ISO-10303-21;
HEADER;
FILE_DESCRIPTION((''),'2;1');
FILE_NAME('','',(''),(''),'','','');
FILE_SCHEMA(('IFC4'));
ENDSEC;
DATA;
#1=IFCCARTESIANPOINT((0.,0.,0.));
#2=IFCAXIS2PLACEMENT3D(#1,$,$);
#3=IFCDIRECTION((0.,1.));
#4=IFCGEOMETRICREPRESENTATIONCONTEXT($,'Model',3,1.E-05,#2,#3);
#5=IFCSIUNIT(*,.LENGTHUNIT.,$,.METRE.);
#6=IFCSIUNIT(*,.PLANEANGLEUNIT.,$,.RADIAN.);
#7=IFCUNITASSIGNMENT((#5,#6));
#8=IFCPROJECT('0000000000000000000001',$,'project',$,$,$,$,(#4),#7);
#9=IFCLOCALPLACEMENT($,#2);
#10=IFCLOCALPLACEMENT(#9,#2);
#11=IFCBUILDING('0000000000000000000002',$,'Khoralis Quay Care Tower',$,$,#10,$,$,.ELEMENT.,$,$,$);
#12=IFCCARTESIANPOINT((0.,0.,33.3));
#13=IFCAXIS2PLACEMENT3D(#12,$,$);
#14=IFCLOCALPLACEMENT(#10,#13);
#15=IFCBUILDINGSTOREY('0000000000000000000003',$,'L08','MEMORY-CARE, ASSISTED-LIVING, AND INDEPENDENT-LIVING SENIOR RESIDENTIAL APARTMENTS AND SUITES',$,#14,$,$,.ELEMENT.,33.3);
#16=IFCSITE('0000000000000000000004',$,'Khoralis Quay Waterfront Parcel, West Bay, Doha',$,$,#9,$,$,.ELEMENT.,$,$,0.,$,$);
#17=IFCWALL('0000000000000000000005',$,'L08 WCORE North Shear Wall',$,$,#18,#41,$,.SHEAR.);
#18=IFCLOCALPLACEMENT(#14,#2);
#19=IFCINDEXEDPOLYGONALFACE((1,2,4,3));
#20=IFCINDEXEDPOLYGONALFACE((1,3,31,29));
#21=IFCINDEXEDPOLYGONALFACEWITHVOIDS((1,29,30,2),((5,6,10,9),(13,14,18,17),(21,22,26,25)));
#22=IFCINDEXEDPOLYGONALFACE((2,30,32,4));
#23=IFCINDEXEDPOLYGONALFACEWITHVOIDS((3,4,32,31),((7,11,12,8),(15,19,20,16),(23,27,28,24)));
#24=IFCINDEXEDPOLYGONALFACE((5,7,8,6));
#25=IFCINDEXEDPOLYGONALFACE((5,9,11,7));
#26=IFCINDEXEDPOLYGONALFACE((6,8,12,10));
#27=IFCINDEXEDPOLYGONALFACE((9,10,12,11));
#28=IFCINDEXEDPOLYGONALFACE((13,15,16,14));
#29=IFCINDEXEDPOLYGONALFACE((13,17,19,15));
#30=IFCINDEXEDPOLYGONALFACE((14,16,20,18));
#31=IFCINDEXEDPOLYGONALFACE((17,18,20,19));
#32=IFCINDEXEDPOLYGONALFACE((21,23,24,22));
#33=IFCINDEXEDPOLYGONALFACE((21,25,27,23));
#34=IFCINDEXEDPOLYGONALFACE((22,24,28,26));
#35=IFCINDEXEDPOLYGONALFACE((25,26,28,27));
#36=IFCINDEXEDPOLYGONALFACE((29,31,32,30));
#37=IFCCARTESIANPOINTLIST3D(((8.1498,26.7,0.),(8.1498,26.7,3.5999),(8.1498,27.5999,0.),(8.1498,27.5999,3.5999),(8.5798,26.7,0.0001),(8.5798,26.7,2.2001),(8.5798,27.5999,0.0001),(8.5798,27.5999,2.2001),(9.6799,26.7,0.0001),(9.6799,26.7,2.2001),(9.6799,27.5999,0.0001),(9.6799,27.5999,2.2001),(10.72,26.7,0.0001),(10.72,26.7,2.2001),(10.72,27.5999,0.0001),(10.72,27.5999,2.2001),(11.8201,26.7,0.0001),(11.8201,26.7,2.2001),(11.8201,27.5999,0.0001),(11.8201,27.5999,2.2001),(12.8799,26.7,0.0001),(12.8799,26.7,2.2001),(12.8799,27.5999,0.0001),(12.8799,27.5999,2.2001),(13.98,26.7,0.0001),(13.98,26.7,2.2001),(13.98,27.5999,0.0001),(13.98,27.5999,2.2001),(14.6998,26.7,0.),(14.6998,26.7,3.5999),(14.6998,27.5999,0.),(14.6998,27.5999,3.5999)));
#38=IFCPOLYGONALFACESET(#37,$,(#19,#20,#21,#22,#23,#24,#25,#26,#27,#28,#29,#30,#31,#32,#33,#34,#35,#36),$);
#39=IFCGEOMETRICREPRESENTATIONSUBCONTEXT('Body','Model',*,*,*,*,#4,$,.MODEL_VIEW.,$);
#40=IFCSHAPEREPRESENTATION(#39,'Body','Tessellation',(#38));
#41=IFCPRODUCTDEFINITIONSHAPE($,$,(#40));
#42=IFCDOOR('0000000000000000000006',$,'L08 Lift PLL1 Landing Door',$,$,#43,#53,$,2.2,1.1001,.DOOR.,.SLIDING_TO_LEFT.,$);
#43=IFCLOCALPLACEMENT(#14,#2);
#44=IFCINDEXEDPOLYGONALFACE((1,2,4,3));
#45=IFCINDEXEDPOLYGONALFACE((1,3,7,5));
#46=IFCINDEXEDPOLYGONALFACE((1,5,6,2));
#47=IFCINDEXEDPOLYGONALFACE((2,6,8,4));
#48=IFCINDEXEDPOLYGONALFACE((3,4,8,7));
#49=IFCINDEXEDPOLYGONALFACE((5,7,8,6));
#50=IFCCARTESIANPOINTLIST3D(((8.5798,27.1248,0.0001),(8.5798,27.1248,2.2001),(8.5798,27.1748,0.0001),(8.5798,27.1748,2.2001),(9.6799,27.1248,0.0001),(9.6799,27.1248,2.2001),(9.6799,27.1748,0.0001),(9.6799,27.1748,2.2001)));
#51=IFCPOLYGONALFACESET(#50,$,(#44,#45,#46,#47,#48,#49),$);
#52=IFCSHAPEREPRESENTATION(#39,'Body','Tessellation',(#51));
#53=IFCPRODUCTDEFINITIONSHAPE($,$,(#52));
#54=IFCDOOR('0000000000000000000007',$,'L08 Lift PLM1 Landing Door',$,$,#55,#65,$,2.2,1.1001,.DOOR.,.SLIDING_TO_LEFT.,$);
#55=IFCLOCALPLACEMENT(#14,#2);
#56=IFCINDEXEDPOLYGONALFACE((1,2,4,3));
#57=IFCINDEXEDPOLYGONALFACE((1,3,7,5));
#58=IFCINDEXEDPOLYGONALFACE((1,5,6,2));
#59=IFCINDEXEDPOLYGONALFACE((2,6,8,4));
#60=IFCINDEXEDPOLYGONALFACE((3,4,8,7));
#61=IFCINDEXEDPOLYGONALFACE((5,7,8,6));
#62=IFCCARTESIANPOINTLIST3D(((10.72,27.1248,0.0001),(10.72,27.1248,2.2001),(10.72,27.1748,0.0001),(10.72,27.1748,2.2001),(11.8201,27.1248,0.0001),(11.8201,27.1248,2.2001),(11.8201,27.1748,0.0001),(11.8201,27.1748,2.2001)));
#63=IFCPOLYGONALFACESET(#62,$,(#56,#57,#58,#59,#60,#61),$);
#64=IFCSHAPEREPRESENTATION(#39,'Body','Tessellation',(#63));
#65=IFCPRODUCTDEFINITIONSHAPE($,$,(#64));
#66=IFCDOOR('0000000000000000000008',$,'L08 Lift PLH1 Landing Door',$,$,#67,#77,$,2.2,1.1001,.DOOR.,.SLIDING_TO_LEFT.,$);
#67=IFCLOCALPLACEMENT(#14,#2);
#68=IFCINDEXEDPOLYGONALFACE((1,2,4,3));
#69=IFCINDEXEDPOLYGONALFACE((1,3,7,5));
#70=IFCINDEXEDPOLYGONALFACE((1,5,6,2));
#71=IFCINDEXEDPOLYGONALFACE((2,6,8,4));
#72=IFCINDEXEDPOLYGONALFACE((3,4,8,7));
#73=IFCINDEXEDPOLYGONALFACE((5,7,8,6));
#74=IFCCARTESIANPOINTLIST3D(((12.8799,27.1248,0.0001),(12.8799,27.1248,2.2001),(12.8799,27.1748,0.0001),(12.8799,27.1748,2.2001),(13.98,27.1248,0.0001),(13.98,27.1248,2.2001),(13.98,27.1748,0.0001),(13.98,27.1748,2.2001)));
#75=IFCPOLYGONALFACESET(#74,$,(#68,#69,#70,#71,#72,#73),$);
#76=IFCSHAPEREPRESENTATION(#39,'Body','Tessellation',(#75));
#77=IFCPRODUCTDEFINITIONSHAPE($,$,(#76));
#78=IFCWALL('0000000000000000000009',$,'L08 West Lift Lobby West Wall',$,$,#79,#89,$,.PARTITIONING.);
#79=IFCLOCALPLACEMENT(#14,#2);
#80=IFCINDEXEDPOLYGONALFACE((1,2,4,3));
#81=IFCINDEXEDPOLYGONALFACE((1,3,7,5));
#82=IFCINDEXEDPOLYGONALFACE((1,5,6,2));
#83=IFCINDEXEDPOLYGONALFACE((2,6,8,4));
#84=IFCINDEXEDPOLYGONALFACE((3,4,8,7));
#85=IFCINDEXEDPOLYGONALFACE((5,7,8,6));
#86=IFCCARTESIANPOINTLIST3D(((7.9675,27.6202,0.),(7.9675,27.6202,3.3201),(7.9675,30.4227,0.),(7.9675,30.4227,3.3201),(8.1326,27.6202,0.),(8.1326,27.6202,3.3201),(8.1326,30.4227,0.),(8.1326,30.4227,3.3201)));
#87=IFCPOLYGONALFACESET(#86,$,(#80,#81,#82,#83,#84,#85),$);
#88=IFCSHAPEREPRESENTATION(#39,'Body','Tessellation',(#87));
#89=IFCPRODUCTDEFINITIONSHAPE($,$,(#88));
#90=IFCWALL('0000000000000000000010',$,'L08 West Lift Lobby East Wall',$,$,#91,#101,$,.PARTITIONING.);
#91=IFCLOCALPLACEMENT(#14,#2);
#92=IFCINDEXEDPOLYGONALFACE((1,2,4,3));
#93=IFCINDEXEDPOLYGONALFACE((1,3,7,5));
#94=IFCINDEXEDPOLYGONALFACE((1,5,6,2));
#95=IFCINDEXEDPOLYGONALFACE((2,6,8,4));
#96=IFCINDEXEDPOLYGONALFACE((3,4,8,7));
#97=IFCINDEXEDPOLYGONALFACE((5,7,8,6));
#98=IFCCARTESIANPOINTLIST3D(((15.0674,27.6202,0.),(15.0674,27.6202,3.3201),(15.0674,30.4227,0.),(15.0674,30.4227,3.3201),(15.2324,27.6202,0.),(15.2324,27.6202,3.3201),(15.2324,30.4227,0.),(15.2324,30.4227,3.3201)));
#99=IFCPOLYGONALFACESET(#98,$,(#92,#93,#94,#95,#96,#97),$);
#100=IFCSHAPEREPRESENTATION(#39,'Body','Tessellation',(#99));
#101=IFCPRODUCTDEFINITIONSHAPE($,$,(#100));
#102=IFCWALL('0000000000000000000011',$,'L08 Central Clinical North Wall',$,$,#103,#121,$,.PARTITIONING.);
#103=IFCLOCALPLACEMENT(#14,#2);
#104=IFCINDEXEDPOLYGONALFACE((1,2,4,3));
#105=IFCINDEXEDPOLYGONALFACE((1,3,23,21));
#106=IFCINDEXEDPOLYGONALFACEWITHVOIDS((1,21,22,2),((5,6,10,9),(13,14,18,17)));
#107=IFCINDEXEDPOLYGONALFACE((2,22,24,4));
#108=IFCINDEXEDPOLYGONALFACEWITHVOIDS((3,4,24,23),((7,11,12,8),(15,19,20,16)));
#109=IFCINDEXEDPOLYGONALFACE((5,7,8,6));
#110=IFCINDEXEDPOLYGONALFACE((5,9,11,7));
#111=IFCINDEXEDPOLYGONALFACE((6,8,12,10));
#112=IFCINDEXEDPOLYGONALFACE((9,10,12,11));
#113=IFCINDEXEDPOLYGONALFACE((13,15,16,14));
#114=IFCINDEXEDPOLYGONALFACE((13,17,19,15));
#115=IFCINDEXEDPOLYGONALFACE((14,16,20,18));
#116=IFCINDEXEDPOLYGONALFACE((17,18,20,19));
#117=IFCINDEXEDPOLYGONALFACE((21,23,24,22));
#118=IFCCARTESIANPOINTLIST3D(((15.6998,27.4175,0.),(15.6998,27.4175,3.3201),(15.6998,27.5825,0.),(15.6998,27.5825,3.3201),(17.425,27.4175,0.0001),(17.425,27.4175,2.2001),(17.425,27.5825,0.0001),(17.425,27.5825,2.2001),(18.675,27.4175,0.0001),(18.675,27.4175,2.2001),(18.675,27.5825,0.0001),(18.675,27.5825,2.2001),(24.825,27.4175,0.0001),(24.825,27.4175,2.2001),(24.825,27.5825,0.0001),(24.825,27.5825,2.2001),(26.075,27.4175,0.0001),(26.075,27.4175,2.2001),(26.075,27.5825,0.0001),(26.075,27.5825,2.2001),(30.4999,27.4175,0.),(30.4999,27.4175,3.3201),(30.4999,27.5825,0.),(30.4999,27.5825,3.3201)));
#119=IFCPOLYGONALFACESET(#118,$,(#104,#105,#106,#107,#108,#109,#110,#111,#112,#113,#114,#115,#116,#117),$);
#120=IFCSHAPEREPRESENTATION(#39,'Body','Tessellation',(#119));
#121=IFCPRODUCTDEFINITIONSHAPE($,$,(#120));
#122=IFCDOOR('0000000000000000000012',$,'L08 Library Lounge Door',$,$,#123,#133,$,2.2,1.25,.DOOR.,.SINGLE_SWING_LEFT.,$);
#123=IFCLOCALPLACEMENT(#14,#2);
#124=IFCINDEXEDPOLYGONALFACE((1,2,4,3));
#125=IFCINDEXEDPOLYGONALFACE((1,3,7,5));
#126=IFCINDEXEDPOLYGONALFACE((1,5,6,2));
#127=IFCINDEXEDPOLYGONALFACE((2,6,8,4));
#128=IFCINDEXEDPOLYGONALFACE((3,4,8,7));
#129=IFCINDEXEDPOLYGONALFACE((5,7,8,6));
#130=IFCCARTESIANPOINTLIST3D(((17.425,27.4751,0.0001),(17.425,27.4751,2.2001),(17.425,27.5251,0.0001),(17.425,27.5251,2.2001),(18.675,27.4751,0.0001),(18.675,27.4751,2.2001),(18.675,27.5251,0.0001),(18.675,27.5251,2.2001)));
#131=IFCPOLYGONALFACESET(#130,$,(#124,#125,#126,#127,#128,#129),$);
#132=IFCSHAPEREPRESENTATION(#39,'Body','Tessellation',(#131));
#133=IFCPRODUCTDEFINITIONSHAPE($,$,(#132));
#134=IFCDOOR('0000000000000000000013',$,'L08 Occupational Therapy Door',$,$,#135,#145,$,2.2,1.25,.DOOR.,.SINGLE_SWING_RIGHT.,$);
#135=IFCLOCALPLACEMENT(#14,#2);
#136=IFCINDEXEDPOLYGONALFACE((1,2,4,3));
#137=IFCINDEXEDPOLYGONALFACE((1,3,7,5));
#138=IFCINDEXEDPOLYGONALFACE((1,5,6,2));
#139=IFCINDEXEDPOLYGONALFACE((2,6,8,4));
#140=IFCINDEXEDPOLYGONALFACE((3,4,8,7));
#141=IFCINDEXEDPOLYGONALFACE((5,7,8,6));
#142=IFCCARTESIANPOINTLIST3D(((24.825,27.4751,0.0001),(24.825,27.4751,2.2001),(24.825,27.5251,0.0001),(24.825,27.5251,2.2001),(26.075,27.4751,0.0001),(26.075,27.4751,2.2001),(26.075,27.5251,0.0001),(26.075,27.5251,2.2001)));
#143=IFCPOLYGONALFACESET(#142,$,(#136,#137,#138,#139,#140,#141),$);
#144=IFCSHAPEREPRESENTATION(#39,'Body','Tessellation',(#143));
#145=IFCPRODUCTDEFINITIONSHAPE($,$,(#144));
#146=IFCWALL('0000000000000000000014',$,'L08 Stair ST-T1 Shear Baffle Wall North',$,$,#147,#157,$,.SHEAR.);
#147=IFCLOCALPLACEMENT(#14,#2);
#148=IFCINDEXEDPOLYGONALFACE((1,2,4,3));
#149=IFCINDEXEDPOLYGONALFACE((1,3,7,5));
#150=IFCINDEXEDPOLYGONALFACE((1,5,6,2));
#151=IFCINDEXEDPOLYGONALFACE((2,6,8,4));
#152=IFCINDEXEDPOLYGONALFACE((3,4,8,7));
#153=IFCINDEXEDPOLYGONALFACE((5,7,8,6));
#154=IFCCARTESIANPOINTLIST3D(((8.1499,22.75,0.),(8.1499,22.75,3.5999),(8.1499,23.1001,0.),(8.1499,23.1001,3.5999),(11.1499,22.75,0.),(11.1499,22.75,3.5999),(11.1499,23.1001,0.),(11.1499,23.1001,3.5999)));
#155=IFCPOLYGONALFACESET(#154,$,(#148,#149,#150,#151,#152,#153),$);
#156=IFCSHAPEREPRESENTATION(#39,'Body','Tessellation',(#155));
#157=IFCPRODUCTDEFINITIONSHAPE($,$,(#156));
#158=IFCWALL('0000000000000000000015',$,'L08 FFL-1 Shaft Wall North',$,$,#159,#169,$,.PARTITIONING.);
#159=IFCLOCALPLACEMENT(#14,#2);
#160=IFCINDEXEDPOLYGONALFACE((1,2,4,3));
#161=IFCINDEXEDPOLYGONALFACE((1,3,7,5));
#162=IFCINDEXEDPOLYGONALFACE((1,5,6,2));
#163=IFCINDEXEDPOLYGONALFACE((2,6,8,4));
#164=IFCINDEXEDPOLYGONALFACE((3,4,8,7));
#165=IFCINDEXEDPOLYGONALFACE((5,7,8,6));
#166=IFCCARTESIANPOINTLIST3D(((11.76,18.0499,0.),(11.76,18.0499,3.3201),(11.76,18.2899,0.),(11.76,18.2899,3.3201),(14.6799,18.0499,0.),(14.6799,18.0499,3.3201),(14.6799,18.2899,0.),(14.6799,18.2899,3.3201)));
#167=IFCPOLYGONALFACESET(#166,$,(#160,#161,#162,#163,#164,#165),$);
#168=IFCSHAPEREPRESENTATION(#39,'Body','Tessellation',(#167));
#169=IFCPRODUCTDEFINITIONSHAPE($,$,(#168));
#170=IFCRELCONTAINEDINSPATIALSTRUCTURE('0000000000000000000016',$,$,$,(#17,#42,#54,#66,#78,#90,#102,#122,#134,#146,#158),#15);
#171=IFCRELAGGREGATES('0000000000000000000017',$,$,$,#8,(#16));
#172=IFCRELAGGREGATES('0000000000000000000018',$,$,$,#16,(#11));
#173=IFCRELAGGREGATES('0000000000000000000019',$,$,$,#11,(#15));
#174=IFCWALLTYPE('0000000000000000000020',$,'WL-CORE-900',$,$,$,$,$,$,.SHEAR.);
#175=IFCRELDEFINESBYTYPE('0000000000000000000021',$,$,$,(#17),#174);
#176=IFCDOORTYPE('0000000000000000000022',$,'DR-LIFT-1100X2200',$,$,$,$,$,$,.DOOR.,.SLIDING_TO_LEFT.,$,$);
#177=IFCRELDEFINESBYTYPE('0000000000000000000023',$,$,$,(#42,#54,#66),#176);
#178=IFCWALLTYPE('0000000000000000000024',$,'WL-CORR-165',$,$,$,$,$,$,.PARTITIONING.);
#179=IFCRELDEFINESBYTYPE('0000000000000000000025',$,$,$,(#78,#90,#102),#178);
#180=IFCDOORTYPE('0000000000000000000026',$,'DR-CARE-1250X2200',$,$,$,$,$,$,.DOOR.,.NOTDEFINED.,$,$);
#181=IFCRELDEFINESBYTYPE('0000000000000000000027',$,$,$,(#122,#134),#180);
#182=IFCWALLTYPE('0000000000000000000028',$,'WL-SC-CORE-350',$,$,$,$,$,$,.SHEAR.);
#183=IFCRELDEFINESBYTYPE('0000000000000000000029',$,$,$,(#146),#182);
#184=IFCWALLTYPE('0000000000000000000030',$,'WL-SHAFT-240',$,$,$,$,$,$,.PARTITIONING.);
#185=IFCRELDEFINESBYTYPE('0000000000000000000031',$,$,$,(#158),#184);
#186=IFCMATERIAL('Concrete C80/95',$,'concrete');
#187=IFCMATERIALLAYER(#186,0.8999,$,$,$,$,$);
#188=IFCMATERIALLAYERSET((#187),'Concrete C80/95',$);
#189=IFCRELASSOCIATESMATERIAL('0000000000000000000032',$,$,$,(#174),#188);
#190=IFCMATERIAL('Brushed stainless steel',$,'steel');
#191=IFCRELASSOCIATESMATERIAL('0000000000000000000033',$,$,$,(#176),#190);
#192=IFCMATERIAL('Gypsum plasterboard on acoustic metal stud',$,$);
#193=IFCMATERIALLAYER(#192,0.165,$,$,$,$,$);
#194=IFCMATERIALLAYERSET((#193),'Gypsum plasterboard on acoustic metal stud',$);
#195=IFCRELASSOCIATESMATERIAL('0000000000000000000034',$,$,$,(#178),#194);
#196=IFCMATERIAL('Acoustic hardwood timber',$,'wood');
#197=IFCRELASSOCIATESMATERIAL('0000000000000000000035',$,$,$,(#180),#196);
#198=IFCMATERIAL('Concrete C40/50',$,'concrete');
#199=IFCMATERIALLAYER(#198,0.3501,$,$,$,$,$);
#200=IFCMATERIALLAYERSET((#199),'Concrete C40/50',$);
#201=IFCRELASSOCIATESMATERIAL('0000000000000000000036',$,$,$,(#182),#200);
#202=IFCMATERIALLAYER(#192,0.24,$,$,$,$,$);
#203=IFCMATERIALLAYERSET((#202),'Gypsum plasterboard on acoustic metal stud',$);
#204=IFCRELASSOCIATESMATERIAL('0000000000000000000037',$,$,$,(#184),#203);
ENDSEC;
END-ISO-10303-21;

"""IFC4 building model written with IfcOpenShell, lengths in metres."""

from ifc_helpers import new_model, si_unit, direction, frame, frame_2d, origin, place, context, subcontext, project, spatial, rectangle, extrude, source, transform, mapped, material, layer, layer_set, type_object, element, fill, save


model = new_model("IFC4")

# Units and contexts
model_context = context("Model", 3, precision=1e-05, world=origin(), true_north=direction((0.0, 1.0)))
body_context = subcontext(model_context, "Body", "Model", "MODEL_VIEW")
ifc_project = project(units=[si_unit("LENGTHUNIT", "METRE"), si_unit("PLANEANGLEUNIT", "RADIAN")], contexts=[model_context])

# Site, building, storey
site_placement = place(None, origin())
site = spatial("IfcSite", under=ifc_project, at=site_placement, Name="Khoralis Quay Waterfront Parcel, West Bay, Doha", CompositionType="ELEMENT", RefElevation=0.0)
building_placement = place(site_placement, origin())
building = spatial("IfcBuilding", under=site, at=building_placement, Name="Khoralis Quay Care Tower", CompositionType="ELEMENT")
storey_placement = place(building_placement, frame((0.0, 0.0, 33.3)))
storey = spatial("IfcBuildingStorey", under=building, at=storey_placement, Name="L08", Description="MEMORY-CARE, ASSISTED-LIVING, AND INDEPENDENT-LIVING SENIOR RESIDENTIAL APARTMENTS AND SUITES", CompositionType="ELEMENT", Elevation=33.3)

# Shared definitions
ifc_material_1 = material(Name="Concrete C80/95", Category="concrete")

# Wall, openings, doors
ifc_layer_1 = layer(ifc_material_1, 0.8999)
ifc_layer_set_1 = layer_set([ifc_layer_1], Name="Concrete C80/95")
wall_type_1 = type_object("IfcWallType", Name="WL-CORE-900", PredefinedType="SHEAR", material=ifc_layer_set_1)
wall_1_placement = place(storey_placement, frame((8.1499, 27.1499, 0.0), z_axis=(0.0, 0.0, 1.0), x_axis=(1.0, 0.0, 0.0)))
wall_1 = element("IfcWall", 1, at=wall_1_placement, inside=storey, type_object=wall_type_1, Name="L08 WCORE North Shear Wall", PredefinedType="SHEAR", context=body_context, shape_type="SweptSolid", body=[
    extrude(rectangle(XDim=6.55, YDim=0.8999, at=frame_2d((3.2749, 0.0))), origin(), (0.0, 0.0, 1.0), 3.5999),
])
opening_1_placement = place(wall_1_placement, frame((0.4299, 0.0, 0.0)))
opening_1 = element("IfcOpeningElement", 2, at=opening_1_placement, cuts=wall_1, PredefinedType="OPENING", context=body_context, shape_type="SweptSolid", body=[
    extrude(rectangle(XDim=1.1001, YDim=2.2, at=frame_2d((0.55, 1.1001))), frame((0.0, 0.46, 0.0), z_axis=(0.0, -1.0, 0.0), x_axis=(1.0, 0.0, 0.0)), (0.0, 0.0, 1.0), 0.9199),
])
opening_2_placement = place(wall_1_placement, frame((2.5701, 0.0, 0.0)))
opening_2 = element("IfcOpeningElement", 3, at=opening_2_placement, cuts=wall_1, PredefinedType="OPENING", context=body_context, shape_type="SweptSolid", body=[
    extrude(rectangle(XDim=1.1001, YDim=2.2, at=frame_2d((0.55, 1.1001))), frame((0.0, 0.46, 0.0), z_axis=(0.0, -1.0, 0.0), x_axis=(1.0, 0.0, 0.0)), (0.0, 0.0, 1.0), 0.9199),
])
opening_3_placement = place(wall_1_placement, frame((4.73, 0.0, 0.0)))
opening_3 = element("IfcOpeningElement", 4, at=opening_3_placement, cuts=wall_1, PredefinedType="OPENING", context=body_context, shape_type="SweptSolid", body=[
    extrude(rectangle(XDim=1.1001, YDim=2.2, at=frame_2d((0.55, 1.1001))), frame((0.0, 0.46, 0.0), z_axis=(0.0, -1.0, 0.0), x_axis=(1.0, 0.0, 0.0)), (0.0, 0.0, 1.0), 0.9199),
])
ifc_material_2 = material(Name="Brushed stainless steel", Category="steel")
door_type_1 = type_object("IfcDoorType", Name="DR-LIFT-1100X2200", OperationType="SLIDING_TO_LEFT", PredefinedType="DOOR", material=ifc_material_2)
shared_shape_1 = source(origin(), body_context, "Body", "SweptSolid", [
    extrude(rectangle(XDim=1.1001, YDim=2.2, at=frame_2d((0.55, 1.1001))), frame((0.0, 0.0249, 0.0), z_axis=(0.0, -1.0, 0.0), x_axis=(1.0, 0.0, 0.0)), (0.0, 0.0, 1.0), 0.05),
])
door_1_placement = place(opening_1_placement, origin())
door_1 = element("IfcDoor", 5, at=door_1_placement, inside=storey, type_object=door_type_1, Name="L08 Lift PLL1 Landing Door", OperationType="SLIDING_TO_LEFT", OverallHeight=2.2, OverallWidth=1.1001, PredefinedType="DOOR", context=body_context, shape_type="MappedRepresentation", body=[
    mapped(shared_shape_1, transform((0.0, 0.0, 0.0), scale=1.0)),
])
fill(opening_1, door_1)
door_2_placement = place(opening_2_placement, origin())
door_2 = element("IfcDoor", 6, at=door_2_placement, inside=storey, type_object=door_type_1, Name="L08 Lift PLM1 Landing Door", OperationType="SLIDING_TO_LEFT", OverallHeight=2.2, OverallWidth=1.1001, PredefinedType="DOOR", context=body_context, shape_type="MappedRepresentation", body=[
    mapped(shared_shape_1, transform((0.0, 0.0, 0.0), scale=1.0)),
])
fill(opening_2, door_2)
door_3_placement = place(opening_3_placement, origin())
door_3 = element("IfcDoor", 7, at=door_3_placement, inside=storey, type_object=door_type_1, Name="L08 Lift PLH1 Landing Door", OperationType="SLIDING_TO_LEFT", OverallHeight=2.2, OverallWidth=1.1001, PredefinedType="DOOR", context=body_context, shape_type="MappedRepresentation", body=[
    mapped(shared_shape_1, transform((0.0, 0.0, 0.0), scale=1.0)),
])
fill(opening_3, door_3)

# Walls
ifc_material_3 = material(Name="Gypsum plasterboard on acoustic metal stud")
ifc_layer_2 = layer(ifc_material_3, 0.165)
ifc_layer_set_2 = layer_set([ifc_layer_2], Name="Gypsum plasterboard on acoustic metal stud")
wall_type_2 = type_object("IfcWallType", Name="WL-CORR-165", PredefinedType="PARTITIONING", material=ifc_layer_set_2)
for number, where, z_axis, x_axis, name in (
    (8, (8.05, 27.6201, 0.0), (0.0, 0.0, 1.0), (0.0, 1.0, 0.0), "L08 West Lift Lobby West Wall"),
    (9, (15.1499, 27.6201, 0.0), (0.0, 0.0, 1.0), (0.0, 1.0, 0.0), "L08 West Lift Lobby East Wall"),
):
    element("IfcWall", number, at=place(storey_placement, frame(where, z_axis=z_axis, x_axis=x_axis)), inside=storey, type_object=wall_type_2, Name=name, PredefinedType="PARTITIONING", context=body_context, shape_type="SweptSolid", body=[
        extrude(rectangle(XDim=2.8025, YDim=0.165, at=frame_2d((1.4014, 0.0))), origin(), (0.0, 0.0, 1.0), 3.3201),
    ])

# Wall, openings, doors
wall_2_placement = place(storey_placement, frame((15.7, 27.5, 0.0), z_axis=(0.0, 0.0, 1.0), x_axis=(1.0, 0.0, 0.0)))
wall_2 = element("IfcWall", 10, at=wall_2_placement, inside=storey, type_object=wall_type_2, Name="L08 Central Clinical North Wall", PredefinedType="PARTITIONING", context=body_context, shape_type="SweptSolid", body=[
    extrude(rectangle(XDim=14.8, YDim=0.165, at=frame_2d((7.3999, 0.0))), origin(), (0.0, 0.0, 1.0), 3.3201),
])
opening_4_placement = place(wall_2_placement, frame((1.7251, 0.0, 0.0)))
opening_4 = element("IfcOpeningElement", 11, at=opening_4_placement, cuts=wall_2, PredefinedType="OPENING", context=body_context, shape_type="SweptSolid", body=[
    extrude(rectangle(XDim=1.25, YDim=2.2, at=frame_2d((0.625, 1.1001))), frame((0.0, 0.0925, 0.0), z_axis=(0.0, -1.0, 0.0), x_axis=(1.0, 0.0, 0.0)), (0.0, 0.0, 1.0), 0.1851),
])
opening_5_placement = place(wall_2_placement, frame((9.125, 0.0, 0.0)))
opening_5 = element("IfcOpeningElement", 12, at=opening_5_placement, cuts=wall_2, PredefinedType="OPENING", context=body_context, shape_type="SweptSolid", body=[
    extrude(rectangle(XDim=1.25, YDim=2.2, at=frame_2d((0.625, 1.1001))), frame((0.0, 0.0925, 0.0), z_axis=(0.0, -1.0, 0.0), x_axis=(1.0, 0.0, 0.0)), (0.0, 0.0, 1.0), 0.1851),
])
ifc_material_4 = material(Name="Acoustic hardwood timber", Category="wood")
door_type_2 = type_object("IfcDoorType", Name="DR-CARE-1250X2200", OperationType="NOTDEFINED", PredefinedType="DOOR", material=ifc_material_4)
shared_shape_2 = source(origin(), body_context, "Body", "SweptSolid", [
    extrude(rectangle(XDim=1.25, YDim=2.2, at=frame_2d((0.625, 1.1001))), frame((0.0, 0.0249, 0.0), z_axis=(0.0, -1.0, 0.0), x_axis=(1.0, 0.0, 0.0)), (0.0, 0.0, 1.0), 0.05),
])
door_4_placement = place(opening_4_placement, frame((1.25, 0.0, 0.0), z_axis=(0.0, 0.0, 1.0), x_axis=(-1.0, 0.0, 0.0)))
door_4 = element("IfcDoor", 13, at=door_4_placement, inside=storey, type_object=door_type_2, Name="L08 Library Lounge Door", OperationType="SINGLE_SWING_LEFT", OverallHeight=2.2, OverallWidth=1.25, PredefinedType="DOOR", context=body_context, shape_type="MappedRepresentation", body=[
    mapped(shared_shape_2, transform((0.0, 0.0, 0.0), scale=1.0)),
])
fill(opening_4, door_4)
door_5_placement = place(opening_5_placement, frame((1.25, 0.0, 0.0), z_axis=(0.0, 0.0, 1.0), x_axis=(-1.0, 0.0, 0.0)))
door_5 = element("IfcDoor", 14, at=door_5_placement, inside=storey, type_object=door_type_2, Name="L08 Occupational Therapy Door", OperationType="SINGLE_SWING_RIGHT", OverallHeight=2.2, OverallWidth=1.25, PredefinedType="DOOR", context=body_context, shape_type="MappedRepresentation", body=[
    mapped(shared_shape_2, transform((0.0, 0.0, 0.0), scale=1.0)),
])
fill(opening_5, door_5)

# Walls
ifc_material_5 = material(Name="Concrete C40/50", Category="concrete")
ifc_layer_3 = layer(ifc_material_5, 0.3501)
ifc_layer_set_3 = layer_set([ifc_layer_3], Name="Concrete C40/50")
wall_type_3 = type_object("IfcWallType", Name="WL-SC-CORE-350", PredefinedType="SHEAR", material=ifc_layer_set_3)
wall_3_placement = place(storey_placement, frame((8.1499, 22.925, 0.0), z_axis=(0.0, 0.0, 1.0), x_axis=(1.0, 0.0, 0.0)))
element("IfcWall", 15, at=wall_3_placement, inside=storey, type_object=wall_type_3, Name="L08 Stair ST-T1 Shear Baffle Wall North", PredefinedType="SHEAR", context=body_context, shape_type="SweptSolid", body=[
    extrude(rectangle(XDim=3.0, YDim=0.3501, at=frame_2d((1.5, 0.0))), origin(), (0.0, 0.0, 1.0), 3.5999),
])
ifc_layer_4 = layer(ifc_material_3, 0.24)
ifc_layer_set_4 = layer_set([ifc_layer_4], Name="Gypsum plasterboard on acoustic metal stud")
wall_type_4 = type_object("IfcWallType", Name="WL-SHAFT-240", PredefinedType="PARTITIONING", material=ifc_layer_set_4)
wall_4_placement = place(storey_placement, frame((11.76, 18.1699, 0.0), z_axis=(0.0, 0.0, 1.0), x_axis=(1.0, 0.0, 0.0)))
element("IfcWall", 16, at=wall_4_placement, inside=storey, type_object=wall_type_4, Name="L08 FFL-1 Shaft Wall North", PredefinedType="PARTITIONING", context=body_context, shape_type="SweptSolid", body=[
    extrude(rectangle(XDim=2.9199, YDim=0.24, at=frame_2d((1.46, 0.0))), origin(), (0.0, 0.0, 1.0), 3.3201),
])

save(model, "model.ifc")
